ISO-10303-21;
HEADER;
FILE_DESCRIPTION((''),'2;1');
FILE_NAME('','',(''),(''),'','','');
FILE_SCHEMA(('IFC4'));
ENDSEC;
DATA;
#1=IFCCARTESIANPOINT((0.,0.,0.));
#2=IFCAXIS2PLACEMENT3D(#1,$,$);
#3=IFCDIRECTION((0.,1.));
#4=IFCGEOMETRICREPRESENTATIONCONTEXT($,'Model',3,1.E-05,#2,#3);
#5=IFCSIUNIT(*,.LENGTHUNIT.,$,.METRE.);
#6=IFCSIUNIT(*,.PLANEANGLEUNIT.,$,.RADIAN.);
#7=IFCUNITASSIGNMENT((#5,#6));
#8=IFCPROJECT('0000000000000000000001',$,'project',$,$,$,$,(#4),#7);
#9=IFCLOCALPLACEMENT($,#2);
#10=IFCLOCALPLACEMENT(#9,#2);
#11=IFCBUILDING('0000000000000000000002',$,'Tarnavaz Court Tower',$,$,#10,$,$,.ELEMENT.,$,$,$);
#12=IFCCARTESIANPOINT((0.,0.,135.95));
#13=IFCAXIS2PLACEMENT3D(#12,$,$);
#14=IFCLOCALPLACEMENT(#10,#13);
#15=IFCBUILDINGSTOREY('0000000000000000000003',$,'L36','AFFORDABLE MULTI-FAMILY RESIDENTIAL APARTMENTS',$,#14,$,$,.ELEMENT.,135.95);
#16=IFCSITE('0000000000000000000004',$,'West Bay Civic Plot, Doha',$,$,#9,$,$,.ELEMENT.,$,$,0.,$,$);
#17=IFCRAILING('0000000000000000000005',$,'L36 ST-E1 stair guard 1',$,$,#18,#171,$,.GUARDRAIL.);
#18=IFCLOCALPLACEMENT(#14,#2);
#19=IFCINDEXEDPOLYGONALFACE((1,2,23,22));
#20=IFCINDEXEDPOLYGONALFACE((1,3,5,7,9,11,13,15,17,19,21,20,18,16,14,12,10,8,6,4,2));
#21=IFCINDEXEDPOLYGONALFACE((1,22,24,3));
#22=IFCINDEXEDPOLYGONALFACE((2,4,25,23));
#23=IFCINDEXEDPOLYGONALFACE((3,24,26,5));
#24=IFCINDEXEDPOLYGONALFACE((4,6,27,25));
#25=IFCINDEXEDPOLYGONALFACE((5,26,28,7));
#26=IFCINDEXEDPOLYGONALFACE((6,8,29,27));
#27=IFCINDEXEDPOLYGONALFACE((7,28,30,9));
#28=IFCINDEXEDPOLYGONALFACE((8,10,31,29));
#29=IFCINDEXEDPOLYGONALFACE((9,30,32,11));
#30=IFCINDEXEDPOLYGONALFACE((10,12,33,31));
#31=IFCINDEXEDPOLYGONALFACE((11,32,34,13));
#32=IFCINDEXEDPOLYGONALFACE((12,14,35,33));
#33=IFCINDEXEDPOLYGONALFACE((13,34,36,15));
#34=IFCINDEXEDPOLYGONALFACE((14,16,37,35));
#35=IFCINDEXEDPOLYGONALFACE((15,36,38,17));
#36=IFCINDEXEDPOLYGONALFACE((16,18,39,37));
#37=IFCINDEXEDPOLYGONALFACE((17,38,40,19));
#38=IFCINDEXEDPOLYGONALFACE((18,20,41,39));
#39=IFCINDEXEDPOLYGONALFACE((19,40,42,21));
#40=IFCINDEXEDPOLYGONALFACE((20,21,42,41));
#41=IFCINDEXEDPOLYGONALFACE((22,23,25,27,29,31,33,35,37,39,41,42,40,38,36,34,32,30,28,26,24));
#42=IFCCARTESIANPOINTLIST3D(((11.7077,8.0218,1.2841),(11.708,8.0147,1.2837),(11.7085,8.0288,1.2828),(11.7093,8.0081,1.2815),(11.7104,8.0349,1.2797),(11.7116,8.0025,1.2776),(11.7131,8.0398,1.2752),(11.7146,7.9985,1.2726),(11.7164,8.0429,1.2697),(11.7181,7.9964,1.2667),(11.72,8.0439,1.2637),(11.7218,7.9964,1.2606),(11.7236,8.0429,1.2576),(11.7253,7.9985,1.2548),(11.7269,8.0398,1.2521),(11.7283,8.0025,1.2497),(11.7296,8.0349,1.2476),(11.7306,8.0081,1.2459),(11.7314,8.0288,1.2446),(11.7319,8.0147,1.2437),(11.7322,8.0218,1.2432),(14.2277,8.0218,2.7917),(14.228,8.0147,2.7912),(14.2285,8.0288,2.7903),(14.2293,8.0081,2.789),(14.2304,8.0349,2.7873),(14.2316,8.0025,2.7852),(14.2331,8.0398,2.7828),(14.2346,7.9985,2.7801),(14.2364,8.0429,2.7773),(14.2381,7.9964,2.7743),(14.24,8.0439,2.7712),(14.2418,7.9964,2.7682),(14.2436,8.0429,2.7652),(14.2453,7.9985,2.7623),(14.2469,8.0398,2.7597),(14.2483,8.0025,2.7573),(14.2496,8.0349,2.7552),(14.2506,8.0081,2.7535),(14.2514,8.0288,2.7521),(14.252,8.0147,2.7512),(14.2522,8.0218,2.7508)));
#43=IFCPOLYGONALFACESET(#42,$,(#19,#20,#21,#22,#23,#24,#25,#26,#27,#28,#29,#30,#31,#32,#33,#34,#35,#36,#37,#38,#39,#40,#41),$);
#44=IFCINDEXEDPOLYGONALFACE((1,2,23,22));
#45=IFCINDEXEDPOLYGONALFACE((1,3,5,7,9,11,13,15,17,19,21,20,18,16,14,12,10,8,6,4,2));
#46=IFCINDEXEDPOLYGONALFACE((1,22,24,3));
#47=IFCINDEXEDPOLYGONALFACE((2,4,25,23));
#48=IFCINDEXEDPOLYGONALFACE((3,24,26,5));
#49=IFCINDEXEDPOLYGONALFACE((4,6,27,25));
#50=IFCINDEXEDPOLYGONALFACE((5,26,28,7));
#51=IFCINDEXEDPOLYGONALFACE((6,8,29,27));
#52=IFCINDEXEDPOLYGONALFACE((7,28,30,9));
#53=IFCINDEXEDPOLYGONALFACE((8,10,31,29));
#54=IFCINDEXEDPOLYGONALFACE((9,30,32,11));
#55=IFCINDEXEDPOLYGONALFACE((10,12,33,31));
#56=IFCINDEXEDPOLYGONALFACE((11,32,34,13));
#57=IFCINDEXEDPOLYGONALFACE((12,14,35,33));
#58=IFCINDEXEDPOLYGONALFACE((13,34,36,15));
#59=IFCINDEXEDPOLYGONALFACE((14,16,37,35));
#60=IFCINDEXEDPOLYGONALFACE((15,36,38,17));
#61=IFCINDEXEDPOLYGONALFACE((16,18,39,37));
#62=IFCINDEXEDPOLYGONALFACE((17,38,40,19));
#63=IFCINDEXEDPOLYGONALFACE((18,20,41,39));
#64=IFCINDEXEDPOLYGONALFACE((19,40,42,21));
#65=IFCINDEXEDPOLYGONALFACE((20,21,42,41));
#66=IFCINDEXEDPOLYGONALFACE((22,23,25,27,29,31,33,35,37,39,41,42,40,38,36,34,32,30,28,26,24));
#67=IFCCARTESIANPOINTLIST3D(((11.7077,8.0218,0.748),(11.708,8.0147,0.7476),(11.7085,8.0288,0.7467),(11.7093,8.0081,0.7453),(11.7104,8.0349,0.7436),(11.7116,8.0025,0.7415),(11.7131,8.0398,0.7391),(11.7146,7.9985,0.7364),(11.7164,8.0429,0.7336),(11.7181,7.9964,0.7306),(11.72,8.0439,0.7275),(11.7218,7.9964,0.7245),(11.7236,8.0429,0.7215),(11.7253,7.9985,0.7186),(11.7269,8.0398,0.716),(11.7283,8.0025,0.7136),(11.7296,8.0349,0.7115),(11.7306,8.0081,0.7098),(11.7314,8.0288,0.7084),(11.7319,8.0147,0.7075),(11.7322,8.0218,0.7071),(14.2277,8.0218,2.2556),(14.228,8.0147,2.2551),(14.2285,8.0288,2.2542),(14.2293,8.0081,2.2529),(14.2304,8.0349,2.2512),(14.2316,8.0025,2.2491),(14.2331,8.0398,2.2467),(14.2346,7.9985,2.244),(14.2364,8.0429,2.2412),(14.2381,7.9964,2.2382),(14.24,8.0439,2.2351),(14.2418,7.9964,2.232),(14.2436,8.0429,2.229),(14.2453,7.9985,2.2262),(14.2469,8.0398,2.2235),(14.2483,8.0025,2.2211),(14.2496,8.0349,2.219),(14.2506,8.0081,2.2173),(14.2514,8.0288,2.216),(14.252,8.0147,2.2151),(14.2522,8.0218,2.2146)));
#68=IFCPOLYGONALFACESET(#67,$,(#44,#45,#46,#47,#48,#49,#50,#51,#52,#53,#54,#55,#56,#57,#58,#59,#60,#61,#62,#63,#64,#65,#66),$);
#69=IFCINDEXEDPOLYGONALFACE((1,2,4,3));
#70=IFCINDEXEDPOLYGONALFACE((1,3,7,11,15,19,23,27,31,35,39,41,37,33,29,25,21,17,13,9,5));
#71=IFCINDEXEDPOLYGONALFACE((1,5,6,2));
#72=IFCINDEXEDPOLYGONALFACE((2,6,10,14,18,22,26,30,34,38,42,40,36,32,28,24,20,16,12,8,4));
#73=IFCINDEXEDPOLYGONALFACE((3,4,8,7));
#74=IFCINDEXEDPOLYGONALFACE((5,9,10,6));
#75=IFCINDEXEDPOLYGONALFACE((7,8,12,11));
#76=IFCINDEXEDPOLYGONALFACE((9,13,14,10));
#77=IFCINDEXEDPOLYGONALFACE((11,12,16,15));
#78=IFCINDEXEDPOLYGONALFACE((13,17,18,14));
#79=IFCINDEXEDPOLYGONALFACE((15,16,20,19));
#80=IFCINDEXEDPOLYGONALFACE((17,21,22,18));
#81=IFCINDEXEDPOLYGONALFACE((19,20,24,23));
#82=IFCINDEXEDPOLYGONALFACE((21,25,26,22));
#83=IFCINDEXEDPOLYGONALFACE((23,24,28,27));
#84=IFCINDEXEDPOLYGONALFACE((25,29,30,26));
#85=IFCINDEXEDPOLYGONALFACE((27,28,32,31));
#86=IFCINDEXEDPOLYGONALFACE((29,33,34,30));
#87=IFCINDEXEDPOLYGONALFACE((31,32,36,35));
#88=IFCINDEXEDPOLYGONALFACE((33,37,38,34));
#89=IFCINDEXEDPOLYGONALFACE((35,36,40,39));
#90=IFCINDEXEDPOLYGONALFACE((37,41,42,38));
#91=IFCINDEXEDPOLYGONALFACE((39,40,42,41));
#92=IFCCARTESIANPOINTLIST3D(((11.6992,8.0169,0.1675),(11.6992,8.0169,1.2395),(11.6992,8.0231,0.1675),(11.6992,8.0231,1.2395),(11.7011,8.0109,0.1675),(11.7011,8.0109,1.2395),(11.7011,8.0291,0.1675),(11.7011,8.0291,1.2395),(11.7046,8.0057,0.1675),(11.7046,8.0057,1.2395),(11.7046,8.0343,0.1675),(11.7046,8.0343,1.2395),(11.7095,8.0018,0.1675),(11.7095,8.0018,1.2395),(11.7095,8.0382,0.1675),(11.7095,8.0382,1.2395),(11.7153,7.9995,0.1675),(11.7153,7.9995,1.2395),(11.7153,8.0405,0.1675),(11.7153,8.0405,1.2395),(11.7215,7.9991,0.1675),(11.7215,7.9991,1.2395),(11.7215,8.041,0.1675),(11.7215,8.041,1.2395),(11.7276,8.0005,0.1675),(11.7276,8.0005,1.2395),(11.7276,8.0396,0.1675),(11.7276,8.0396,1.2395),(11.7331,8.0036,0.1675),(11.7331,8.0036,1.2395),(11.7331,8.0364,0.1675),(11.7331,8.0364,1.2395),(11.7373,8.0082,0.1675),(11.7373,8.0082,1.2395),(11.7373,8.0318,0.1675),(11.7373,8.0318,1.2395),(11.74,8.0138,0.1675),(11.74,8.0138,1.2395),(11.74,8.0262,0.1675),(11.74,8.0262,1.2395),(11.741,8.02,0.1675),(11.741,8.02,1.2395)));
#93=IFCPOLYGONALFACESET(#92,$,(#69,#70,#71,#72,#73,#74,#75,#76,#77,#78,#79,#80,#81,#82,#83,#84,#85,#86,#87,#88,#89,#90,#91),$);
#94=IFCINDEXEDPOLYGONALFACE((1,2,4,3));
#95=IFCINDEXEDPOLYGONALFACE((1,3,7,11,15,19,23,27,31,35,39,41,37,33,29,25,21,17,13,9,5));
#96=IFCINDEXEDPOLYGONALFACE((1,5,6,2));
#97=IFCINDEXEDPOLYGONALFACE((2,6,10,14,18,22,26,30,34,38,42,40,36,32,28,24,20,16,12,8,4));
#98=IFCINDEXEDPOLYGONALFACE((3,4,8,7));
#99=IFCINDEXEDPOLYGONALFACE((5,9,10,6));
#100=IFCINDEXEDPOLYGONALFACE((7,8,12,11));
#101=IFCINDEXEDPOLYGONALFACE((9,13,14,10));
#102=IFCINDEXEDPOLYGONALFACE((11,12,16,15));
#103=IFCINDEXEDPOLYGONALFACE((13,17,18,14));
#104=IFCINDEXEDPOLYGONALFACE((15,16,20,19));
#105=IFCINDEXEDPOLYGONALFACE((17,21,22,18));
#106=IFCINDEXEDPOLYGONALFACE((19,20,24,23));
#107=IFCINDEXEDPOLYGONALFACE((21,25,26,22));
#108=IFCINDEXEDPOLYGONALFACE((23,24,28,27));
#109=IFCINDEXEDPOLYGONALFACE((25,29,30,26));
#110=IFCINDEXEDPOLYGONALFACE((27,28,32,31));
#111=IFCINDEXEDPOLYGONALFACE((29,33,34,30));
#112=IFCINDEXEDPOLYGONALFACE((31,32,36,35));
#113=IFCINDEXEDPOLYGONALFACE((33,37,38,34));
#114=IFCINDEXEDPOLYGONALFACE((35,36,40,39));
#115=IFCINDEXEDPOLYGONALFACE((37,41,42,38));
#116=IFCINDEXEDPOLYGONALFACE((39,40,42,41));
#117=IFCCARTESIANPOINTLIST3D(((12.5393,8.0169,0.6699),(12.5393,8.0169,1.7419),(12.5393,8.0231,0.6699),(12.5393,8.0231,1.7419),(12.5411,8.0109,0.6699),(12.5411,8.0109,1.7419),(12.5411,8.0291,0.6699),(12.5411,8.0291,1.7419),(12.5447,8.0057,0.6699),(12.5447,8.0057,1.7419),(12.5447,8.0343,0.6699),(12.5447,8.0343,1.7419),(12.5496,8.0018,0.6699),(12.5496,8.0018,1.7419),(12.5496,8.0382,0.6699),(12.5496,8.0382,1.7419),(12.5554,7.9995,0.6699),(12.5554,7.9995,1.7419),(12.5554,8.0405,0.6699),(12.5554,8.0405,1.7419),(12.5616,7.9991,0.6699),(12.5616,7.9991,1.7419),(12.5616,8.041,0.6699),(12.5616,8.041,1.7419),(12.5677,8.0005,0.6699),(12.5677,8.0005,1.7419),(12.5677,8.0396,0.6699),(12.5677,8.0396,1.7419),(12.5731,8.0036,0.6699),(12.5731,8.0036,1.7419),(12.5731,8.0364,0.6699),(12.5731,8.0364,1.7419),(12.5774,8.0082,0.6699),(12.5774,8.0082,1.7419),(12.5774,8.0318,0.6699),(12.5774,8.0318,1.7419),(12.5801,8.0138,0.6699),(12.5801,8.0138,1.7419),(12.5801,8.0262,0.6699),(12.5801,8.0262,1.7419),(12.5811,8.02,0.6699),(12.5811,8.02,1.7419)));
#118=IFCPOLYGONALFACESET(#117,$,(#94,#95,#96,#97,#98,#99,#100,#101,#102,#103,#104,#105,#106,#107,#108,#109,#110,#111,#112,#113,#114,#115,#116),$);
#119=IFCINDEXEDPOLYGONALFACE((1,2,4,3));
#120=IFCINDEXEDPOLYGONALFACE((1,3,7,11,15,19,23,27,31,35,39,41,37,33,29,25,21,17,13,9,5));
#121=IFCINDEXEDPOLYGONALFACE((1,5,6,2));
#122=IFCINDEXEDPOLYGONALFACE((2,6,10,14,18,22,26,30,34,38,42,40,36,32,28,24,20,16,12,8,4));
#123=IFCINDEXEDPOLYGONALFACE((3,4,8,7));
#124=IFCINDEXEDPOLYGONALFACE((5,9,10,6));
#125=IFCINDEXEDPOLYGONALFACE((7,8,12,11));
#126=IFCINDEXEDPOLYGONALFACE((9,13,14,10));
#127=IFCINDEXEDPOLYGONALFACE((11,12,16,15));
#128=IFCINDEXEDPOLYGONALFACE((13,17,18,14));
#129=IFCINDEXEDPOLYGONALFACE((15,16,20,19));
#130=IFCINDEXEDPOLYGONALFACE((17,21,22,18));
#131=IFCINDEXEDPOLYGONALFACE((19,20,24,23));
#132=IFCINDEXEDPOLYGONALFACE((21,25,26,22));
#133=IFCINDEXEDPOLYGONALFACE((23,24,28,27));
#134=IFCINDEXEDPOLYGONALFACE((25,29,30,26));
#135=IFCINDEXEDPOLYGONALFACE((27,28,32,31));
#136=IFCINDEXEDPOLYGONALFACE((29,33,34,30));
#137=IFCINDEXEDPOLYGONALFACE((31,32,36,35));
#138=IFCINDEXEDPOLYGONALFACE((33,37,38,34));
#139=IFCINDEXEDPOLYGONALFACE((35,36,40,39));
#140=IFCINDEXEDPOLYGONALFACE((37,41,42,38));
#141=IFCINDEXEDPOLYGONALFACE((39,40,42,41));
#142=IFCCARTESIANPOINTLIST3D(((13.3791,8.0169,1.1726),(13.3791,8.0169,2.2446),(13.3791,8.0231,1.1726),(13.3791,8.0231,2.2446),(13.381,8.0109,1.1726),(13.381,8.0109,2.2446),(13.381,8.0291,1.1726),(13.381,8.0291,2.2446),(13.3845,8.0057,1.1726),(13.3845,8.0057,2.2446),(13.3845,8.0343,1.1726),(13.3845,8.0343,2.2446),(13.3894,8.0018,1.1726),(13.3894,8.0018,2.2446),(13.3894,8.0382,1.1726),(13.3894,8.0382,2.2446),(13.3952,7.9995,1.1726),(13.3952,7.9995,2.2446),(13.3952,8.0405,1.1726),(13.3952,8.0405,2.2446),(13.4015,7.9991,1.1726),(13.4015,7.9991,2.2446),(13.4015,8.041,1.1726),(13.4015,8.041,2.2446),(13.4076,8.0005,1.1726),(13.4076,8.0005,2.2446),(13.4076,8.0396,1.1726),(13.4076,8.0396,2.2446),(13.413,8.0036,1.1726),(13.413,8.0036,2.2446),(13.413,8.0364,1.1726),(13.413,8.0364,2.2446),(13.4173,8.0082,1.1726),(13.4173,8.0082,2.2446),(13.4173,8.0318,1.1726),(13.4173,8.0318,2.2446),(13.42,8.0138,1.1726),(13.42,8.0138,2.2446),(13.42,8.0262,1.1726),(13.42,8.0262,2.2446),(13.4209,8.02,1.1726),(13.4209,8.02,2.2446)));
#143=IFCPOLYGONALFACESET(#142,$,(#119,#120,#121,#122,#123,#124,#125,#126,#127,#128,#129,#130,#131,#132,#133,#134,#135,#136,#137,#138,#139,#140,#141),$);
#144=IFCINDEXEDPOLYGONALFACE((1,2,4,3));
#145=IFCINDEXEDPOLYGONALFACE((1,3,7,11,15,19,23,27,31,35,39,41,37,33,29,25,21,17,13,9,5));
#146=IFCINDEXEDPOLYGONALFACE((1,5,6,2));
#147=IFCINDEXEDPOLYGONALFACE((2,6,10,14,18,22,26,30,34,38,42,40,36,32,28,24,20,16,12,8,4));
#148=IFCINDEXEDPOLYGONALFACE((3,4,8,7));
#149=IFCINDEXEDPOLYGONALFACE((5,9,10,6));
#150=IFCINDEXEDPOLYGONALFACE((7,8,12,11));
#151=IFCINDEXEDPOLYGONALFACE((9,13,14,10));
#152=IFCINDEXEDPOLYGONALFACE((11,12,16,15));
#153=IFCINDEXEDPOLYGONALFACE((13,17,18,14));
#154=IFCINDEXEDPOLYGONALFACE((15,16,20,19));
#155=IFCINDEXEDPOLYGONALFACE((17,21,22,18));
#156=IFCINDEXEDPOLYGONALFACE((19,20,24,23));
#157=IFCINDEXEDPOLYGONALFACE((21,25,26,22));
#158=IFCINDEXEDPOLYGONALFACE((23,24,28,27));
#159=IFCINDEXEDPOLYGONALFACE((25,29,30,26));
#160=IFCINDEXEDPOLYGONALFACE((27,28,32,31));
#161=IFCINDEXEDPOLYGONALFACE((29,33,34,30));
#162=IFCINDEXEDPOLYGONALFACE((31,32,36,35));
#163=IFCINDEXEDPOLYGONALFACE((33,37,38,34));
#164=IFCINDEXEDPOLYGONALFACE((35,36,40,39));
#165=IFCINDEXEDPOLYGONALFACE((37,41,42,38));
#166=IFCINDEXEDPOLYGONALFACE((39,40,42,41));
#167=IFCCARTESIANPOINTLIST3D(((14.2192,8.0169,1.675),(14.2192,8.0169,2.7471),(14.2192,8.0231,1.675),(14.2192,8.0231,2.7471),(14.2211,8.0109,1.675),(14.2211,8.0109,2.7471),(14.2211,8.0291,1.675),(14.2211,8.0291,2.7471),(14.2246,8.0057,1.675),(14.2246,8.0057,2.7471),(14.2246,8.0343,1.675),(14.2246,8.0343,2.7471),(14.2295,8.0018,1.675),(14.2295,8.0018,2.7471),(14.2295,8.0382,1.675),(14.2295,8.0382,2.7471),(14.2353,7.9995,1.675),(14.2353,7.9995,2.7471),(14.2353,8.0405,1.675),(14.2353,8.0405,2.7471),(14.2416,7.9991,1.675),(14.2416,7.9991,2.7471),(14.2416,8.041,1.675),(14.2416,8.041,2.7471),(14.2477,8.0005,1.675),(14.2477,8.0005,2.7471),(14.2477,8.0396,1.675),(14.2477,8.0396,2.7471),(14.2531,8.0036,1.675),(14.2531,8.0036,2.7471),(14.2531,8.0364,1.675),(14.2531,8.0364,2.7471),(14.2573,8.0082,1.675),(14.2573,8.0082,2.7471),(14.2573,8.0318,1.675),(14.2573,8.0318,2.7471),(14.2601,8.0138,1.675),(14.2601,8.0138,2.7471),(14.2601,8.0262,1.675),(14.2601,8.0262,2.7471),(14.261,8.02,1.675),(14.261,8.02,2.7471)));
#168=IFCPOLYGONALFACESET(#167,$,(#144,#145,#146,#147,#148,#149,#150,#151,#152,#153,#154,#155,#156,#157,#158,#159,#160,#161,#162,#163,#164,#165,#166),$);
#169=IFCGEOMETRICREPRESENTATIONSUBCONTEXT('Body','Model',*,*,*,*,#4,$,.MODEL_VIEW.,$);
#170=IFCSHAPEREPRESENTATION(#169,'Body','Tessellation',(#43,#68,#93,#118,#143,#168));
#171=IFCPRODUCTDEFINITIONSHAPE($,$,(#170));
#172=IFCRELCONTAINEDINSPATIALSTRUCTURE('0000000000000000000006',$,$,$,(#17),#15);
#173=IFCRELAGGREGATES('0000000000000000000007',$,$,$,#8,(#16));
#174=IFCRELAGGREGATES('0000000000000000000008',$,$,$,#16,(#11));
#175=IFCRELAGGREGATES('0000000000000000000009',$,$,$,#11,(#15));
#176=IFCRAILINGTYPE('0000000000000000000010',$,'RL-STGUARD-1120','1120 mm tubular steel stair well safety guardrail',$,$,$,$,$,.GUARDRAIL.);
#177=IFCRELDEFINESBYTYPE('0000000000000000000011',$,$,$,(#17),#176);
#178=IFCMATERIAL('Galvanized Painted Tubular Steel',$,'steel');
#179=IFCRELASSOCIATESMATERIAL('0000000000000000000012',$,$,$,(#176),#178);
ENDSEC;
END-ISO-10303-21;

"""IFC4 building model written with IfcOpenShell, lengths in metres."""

from ifc_helpers import new_model, si_unit, direction, frame, origin, origin_2d, place, context, subcontext, project, spatial, circle, extrude, material, type_object, element, save


model = new_model("IFC4")

# Units and contexts
model_context = context("Model", 3, precision=1e-05, world=origin(), true_north=direction((0.0, 1.0)))
body_context = subcontext(model_context, "Body", "Model", "MODEL_VIEW")
ifc_project = project(units=[si_unit("LENGTHUNIT", "METRE"), si_unit("PLANEANGLEUNIT", "RADIAN")], contexts=[model_context])

# Site, building, storey
site_placement = place(None, origin())
site = spatial("IfcSite", under=ifc_project, at=site_placement, Name="West Bay Civic Plot, Doha", CompositionType="ELEMENT", RefElevation=0.0)
building_placement = place(site_placement, origin())
building = spatial("IfcBuilding", under=site, at=building_placement, Name="Tarnavaz Court Tower", CompositionType="ELEMENT")
storey_placement = place(building_placement, frame((0.0, 0.0, 135.95)))
storey = spatial("IfcBuildingStorey", under=building, at=storey_placement, Name="L36", Description="AFFORDABLE MULTI-FAMILY RESIDENTIAL APARTMENTS", CompositionType="ELEMENT", Elevation=135.95)

# Railing
ifc_material_1 = material(Name="Galvanized Painted Tubular Steel", Category="steel")
railing_type_1 = type_object("IfcRailingType", Name="RL-STGUARD-1120", Description="1120 mm tubular steel stair well safety guardrail", PredefinedType="GUARDRAIL", material=ifc_material_1)
railing_1_placement = place(storey_placement, frame((11.72, 8.02, 0.1675)))
element("IfcRailing", 1, at=railing_1_placement, inside=storey, type_object=railing_type_1, Name="L36 ST-E1 stair guard 1", PredefinedType="GUARDRAIL", context=body_context, shape_type="SweptSolid", body=[
    extrude(circle(Radius=0.0239, at=origin_2d()), frame((0.0, 0.0, 1.0962), z_axis=(0.85816, 0.0, 0.513383), x_axis=(0.0, 1.0, 0.0)), (0.0, 0.0, 1.0), 2.9365),
    extrude(circle(Radius=0.0239, at=origin_2d()), frame((0.0, 0.0, 0.5601), z_axis=(0.85816, 0.0, 0.513383), x_axis=(0.0, 1.0, 0.0)), (0.0, 0.0, 1.0), 2.9365),
    extrude(circle(Radius=0.021, at=origin_2d()), origin(), (0.0, 0.0, 1.0), 1.072),
    extrude(circle(Radius=0.021, at=origin_2d()), frame((0.8401, 0.0, 0.5024)), (0.0, 0.0, 1.0), 1.072),
    extrude(circle(Radius=0.021, at=origin_2d()), frame((1.6799, 0.0, 1.0051)), (0.0, 0.0, 1.0), 1.072),
    extrude(circle(Radius=0.021, at=origin_2d()), frame((2.52, 0.0, 1.5076)), (0.0, 0.0, 1.0), 1.072),
])

save(model, "model.ifc")
